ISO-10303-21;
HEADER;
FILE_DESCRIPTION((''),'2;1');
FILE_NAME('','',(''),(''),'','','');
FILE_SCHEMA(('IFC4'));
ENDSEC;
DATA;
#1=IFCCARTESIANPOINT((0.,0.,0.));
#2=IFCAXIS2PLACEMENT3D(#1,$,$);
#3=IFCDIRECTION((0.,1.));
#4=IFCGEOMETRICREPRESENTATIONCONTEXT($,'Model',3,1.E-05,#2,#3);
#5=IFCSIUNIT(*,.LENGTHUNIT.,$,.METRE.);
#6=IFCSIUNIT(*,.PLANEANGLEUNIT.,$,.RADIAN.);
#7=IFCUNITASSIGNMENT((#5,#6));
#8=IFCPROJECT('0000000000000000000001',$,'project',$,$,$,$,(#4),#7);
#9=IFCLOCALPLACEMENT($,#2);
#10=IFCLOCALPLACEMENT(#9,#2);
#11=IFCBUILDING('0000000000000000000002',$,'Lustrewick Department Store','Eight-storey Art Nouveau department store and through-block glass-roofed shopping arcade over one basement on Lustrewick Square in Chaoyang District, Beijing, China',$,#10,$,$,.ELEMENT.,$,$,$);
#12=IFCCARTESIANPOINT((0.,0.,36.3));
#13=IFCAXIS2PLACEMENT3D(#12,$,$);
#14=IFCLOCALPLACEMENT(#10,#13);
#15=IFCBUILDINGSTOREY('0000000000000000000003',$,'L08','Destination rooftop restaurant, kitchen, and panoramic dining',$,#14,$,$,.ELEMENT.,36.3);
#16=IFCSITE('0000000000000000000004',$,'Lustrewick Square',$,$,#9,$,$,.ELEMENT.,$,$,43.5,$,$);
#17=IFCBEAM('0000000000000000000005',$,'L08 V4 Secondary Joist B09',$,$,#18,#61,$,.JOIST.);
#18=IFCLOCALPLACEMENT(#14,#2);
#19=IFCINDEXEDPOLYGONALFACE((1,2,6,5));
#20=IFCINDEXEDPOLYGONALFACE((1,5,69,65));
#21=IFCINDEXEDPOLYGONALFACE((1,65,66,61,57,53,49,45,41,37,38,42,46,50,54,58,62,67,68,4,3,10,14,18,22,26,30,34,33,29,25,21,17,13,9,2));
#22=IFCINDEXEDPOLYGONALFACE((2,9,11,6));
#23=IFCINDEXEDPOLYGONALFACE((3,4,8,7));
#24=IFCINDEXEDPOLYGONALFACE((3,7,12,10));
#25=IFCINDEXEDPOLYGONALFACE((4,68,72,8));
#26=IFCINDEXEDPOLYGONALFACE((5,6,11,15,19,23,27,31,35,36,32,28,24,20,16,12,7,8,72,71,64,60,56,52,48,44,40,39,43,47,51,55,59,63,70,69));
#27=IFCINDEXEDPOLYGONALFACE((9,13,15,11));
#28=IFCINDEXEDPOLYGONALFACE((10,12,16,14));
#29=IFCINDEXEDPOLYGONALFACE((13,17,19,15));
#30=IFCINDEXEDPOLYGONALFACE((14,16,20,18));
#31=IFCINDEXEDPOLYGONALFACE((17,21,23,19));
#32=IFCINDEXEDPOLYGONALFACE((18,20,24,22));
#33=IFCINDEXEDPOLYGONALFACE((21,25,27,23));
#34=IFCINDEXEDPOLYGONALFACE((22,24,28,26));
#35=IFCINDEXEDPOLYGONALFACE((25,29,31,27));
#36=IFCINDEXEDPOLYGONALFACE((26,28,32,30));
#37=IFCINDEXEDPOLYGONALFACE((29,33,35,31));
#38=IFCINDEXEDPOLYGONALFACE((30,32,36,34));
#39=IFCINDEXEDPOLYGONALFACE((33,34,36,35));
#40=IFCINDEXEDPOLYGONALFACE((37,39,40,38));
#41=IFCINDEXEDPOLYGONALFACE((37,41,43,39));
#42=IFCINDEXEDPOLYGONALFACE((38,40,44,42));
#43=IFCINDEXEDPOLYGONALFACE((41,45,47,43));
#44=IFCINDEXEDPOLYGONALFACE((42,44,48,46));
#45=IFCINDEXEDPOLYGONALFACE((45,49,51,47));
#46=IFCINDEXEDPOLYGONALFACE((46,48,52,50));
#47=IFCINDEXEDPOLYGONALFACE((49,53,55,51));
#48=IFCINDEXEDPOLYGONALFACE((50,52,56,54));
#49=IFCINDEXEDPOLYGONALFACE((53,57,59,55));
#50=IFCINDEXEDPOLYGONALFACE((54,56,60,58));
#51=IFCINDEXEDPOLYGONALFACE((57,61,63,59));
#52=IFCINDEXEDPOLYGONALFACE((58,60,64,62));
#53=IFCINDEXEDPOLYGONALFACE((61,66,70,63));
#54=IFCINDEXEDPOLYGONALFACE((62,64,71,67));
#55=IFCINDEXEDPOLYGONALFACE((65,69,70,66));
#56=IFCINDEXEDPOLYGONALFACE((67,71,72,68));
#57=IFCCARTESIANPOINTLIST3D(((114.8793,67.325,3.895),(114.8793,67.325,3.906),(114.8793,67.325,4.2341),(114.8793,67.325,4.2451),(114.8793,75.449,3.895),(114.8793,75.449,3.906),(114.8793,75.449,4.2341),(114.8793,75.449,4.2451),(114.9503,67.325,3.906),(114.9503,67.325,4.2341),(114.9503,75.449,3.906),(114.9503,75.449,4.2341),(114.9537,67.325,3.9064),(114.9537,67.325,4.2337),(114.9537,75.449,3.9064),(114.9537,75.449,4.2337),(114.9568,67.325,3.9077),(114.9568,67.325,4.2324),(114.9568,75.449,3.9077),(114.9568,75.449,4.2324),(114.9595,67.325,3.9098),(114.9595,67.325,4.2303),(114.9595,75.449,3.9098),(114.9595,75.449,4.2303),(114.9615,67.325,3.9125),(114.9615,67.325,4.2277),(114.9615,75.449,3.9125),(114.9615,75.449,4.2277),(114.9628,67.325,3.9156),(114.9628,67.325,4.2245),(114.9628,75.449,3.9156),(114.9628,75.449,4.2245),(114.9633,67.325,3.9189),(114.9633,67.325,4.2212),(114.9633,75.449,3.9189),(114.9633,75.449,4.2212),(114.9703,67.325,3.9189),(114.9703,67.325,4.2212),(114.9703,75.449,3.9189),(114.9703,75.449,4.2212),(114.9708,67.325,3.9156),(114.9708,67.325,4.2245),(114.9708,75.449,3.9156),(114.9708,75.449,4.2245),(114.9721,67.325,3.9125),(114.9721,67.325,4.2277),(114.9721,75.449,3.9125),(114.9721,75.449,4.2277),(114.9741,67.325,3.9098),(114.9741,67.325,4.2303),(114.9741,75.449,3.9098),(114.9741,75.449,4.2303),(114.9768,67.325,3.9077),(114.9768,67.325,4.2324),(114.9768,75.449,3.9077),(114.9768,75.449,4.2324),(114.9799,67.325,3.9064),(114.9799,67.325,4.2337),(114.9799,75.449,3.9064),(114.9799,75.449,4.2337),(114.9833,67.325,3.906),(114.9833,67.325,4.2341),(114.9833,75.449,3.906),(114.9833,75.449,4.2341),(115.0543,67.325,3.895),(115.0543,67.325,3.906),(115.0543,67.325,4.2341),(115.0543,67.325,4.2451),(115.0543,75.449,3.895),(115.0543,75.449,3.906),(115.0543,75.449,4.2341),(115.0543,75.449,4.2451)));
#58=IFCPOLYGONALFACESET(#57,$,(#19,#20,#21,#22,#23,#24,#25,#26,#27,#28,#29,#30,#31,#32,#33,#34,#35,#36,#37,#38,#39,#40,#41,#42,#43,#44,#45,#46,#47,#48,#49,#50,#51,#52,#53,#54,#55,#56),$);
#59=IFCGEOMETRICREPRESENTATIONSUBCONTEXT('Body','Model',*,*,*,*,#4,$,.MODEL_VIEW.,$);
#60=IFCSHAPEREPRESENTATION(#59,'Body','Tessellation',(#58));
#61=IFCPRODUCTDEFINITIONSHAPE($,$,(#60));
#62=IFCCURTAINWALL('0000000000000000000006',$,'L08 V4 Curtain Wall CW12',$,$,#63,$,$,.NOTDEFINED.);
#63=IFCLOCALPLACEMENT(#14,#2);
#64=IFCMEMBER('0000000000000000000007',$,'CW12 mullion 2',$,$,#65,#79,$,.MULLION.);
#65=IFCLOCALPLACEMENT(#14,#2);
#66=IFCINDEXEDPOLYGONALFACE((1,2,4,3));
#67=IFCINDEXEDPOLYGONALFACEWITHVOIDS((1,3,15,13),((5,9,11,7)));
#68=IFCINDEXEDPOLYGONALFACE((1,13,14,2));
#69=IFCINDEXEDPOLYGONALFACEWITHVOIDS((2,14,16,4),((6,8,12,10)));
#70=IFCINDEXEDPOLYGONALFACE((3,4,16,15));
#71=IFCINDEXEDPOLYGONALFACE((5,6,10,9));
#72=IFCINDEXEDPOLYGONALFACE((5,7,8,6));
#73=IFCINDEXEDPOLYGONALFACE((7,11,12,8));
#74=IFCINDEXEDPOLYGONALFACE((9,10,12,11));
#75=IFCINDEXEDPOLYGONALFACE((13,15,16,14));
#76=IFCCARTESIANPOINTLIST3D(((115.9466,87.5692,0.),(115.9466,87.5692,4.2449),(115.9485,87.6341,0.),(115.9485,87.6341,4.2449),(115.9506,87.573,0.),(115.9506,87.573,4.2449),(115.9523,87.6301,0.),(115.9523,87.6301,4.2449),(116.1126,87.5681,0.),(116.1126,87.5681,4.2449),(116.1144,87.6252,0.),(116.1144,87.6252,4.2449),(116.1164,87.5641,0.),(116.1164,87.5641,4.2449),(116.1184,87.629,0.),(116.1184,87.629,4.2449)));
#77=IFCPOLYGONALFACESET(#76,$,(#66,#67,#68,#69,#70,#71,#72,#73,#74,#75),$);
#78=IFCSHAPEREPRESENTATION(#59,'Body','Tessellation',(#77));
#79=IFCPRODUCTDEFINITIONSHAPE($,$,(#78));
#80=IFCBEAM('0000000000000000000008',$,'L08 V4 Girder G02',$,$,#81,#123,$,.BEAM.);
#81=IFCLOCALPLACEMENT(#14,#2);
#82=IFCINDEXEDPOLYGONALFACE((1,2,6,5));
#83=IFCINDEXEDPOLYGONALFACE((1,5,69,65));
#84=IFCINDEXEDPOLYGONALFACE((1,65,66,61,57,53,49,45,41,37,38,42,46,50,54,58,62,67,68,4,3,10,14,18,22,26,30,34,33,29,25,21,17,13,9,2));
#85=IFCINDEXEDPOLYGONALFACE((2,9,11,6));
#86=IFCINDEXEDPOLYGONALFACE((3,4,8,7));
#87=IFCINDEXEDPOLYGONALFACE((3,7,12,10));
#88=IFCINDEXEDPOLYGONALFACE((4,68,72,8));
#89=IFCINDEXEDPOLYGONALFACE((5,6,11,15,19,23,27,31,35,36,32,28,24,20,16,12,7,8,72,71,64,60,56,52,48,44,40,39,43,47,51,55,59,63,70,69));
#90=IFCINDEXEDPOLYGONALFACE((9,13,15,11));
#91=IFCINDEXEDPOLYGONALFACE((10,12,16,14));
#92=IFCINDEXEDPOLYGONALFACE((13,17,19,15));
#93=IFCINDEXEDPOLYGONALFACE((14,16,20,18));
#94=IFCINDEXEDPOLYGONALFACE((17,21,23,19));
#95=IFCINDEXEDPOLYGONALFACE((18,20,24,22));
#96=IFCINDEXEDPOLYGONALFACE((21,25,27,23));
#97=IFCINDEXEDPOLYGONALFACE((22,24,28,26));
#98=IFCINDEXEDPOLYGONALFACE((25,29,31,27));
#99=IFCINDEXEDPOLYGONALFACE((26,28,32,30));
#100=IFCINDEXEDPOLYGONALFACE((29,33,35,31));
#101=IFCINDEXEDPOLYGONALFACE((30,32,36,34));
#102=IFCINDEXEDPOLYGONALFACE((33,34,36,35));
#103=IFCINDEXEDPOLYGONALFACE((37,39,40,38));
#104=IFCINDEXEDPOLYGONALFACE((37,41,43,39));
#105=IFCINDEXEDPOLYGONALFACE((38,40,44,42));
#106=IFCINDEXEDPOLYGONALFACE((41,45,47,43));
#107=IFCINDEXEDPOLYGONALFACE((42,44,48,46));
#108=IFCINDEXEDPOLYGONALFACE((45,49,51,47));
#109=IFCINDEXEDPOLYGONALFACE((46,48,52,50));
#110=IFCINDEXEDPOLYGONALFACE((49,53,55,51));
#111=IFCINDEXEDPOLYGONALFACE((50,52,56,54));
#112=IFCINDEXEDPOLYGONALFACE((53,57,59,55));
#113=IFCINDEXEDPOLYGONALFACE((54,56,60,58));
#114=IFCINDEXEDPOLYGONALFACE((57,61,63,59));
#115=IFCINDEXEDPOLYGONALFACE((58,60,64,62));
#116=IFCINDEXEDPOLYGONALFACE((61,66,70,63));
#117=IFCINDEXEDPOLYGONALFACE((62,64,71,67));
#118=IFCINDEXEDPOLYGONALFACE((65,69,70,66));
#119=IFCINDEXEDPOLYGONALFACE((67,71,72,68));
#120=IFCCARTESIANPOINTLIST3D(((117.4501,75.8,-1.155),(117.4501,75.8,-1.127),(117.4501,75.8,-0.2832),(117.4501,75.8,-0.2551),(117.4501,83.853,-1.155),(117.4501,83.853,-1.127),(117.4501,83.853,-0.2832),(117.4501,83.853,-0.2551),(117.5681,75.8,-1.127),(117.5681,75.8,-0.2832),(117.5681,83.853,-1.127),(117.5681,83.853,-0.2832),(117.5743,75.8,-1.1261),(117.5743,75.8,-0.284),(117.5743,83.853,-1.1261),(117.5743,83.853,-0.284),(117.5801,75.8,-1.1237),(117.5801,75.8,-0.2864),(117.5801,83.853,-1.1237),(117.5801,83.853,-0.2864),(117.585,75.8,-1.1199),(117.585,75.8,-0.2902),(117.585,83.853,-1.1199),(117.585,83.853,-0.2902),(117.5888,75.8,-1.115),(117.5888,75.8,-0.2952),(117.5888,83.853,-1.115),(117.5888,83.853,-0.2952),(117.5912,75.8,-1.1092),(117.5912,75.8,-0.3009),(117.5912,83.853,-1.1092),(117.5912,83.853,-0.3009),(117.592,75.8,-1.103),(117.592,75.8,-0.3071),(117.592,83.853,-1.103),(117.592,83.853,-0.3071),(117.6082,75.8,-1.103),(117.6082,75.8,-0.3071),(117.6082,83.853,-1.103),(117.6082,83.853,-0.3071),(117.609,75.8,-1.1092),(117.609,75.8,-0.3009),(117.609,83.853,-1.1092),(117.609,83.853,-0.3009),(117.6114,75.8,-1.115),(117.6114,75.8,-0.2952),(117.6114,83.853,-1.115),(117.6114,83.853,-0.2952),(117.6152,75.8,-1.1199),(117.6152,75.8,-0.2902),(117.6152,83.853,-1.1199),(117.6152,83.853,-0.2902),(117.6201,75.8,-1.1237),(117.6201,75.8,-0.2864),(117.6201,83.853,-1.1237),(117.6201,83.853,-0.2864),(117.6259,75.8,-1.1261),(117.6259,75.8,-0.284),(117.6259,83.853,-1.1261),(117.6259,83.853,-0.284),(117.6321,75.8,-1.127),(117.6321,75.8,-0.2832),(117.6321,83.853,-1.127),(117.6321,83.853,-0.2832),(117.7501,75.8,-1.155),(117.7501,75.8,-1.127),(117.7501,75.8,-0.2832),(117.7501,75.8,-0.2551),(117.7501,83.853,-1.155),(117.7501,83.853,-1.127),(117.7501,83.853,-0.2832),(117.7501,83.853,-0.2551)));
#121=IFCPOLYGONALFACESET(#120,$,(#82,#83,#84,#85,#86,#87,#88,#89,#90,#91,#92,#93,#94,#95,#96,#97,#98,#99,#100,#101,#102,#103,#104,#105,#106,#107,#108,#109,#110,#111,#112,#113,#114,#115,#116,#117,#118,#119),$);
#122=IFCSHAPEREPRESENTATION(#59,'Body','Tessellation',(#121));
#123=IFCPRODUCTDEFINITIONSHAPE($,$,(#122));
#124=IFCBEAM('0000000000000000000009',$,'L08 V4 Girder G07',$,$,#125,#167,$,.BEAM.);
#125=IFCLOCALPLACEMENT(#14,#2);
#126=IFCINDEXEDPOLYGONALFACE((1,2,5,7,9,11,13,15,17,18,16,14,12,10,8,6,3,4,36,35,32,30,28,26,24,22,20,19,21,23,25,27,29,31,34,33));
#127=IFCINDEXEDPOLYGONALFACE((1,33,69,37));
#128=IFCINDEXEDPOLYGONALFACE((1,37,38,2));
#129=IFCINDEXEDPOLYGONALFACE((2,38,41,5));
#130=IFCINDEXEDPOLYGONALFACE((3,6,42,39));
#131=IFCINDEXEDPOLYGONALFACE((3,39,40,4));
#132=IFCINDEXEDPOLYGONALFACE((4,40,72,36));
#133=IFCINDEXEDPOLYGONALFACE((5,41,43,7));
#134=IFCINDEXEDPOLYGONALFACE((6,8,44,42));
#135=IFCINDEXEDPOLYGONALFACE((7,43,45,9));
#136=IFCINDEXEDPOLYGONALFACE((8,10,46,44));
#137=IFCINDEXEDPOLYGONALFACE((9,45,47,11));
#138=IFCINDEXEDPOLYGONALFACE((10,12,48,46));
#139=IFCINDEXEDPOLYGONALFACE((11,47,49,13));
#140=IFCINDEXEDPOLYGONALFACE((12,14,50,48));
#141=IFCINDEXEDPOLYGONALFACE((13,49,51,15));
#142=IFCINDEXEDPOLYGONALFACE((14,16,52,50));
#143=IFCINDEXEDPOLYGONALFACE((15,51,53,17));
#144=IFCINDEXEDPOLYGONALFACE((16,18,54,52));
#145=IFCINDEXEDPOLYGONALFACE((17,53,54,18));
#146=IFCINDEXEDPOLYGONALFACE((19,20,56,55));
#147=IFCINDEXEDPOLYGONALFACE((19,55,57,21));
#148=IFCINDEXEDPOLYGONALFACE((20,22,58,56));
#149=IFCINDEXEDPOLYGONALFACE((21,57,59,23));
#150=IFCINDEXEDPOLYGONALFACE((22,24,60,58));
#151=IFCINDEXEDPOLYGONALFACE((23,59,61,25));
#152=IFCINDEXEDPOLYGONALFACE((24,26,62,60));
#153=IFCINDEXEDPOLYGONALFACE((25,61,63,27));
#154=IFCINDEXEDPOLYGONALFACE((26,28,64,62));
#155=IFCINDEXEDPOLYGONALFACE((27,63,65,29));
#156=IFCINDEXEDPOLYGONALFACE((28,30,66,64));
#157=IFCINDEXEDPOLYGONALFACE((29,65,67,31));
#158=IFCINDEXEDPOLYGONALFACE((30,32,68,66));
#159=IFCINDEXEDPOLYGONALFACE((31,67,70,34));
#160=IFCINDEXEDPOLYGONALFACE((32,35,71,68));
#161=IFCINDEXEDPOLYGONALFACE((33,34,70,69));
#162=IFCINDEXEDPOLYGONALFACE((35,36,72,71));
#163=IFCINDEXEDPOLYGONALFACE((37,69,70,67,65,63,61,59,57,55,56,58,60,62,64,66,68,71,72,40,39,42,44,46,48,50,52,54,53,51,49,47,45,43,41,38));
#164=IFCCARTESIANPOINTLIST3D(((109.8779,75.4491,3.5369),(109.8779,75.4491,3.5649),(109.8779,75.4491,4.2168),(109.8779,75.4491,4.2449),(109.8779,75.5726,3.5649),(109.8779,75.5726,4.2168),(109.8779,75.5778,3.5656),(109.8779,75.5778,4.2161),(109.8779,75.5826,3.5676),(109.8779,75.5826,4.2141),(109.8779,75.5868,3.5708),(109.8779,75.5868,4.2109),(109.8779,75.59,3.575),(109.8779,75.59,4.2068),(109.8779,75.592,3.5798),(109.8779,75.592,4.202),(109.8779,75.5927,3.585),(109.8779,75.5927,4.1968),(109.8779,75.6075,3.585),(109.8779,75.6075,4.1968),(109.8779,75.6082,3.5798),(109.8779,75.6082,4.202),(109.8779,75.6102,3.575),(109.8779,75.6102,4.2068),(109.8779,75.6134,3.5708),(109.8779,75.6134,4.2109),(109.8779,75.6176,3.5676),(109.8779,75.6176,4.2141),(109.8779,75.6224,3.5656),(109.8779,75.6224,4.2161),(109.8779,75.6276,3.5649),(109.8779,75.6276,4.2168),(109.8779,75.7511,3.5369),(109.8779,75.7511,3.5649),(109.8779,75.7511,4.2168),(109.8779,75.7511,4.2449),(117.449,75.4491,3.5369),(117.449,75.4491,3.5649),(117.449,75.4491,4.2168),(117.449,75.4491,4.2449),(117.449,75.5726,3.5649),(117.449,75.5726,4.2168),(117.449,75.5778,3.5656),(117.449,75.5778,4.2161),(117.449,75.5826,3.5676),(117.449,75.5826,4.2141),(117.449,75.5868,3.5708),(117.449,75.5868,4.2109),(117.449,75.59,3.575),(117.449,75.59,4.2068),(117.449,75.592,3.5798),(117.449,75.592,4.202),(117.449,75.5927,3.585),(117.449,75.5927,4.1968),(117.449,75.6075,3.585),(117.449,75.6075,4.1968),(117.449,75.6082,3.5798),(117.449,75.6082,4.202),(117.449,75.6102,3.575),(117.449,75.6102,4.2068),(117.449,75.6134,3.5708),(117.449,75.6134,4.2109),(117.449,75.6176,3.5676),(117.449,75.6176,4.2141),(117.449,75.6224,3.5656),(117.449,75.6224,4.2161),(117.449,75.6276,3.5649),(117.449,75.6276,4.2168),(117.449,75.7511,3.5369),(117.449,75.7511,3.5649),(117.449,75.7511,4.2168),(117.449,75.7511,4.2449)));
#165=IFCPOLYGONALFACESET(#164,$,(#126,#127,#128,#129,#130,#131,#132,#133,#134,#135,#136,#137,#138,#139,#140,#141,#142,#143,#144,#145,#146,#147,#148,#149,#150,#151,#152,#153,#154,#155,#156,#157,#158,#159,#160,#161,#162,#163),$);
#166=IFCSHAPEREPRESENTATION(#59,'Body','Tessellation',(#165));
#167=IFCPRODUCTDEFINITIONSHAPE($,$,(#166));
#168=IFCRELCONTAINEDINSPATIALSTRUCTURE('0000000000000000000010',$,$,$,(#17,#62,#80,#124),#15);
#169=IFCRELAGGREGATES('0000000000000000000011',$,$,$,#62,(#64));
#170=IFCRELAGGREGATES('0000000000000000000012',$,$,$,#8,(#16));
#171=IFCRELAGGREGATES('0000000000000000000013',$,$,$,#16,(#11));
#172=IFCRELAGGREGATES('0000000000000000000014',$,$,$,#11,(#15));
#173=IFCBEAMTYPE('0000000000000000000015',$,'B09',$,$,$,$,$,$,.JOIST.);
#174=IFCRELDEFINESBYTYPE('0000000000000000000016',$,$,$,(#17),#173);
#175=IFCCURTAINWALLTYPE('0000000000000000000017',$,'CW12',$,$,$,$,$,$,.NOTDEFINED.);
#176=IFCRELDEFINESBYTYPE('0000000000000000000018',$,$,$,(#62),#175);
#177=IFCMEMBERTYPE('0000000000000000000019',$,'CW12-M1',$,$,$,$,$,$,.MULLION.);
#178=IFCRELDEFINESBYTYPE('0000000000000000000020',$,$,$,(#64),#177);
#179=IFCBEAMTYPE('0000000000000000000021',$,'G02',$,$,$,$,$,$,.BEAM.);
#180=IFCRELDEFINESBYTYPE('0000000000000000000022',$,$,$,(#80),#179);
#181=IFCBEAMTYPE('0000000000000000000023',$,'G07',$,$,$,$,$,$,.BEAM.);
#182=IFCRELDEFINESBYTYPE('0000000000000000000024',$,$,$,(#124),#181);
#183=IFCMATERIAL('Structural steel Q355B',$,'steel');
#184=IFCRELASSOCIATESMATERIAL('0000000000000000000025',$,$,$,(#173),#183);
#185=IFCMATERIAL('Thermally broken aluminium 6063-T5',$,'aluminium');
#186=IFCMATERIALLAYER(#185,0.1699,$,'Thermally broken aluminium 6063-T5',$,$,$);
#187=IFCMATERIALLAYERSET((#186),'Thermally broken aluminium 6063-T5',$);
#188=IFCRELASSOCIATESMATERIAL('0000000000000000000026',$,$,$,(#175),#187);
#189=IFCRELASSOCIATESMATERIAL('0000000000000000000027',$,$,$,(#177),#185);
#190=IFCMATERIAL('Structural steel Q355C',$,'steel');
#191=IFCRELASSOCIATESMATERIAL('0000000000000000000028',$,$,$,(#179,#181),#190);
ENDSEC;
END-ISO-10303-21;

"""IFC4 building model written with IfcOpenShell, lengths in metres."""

from ifc_helpers import new_model, si_unit, direction, frame, origin, origin_2d, place, context, subcontext, project, spatial, hollow_rectangle, i_section, extrude, material, layer, layer_set, material_profile, profile_set, type_object, element, aggregate, save


model = new_model("IFC4")

# Units and contexts
model_context = context("Model", 3, precision=1e-05, world=origin(), true_north=direction((0.0, 1.0)))
body_context = subcontext(model_context, "Body", "Model", "MODEL_VIEW")
ifc_project = project(units=[si_unit("LENGTHUNIT", "METRE"), si_unit("PLANEANGLEUNIT", "RADIAN")], contexts=[model_context])

# Site, building, storey
site_placement = place(None, origin())
site = spatial("IfcSite", under=ifc_project, at=site_placement, Name="Lustrewick Square", CompositionType="ELEMENT", RefElevation=43.5)
building_placement = place(site_placement, origin())
building = spatial("IfcBuilding", under=site, at=building_placement, Name="Lustrewick Department Store", Description="Eight-storey Art Nouveau department store and through-block glass-roofed shopping arcade over one basement on Lustrewick Square in Chaoyang District, Beijing, China", CompositionType="ELEMENT")
storey_placement = place(building_placement, frame((0.0, 0.0, 36.3)))
storey = spatial("IfcBuildingStorey", under=building, at=storey_placement, Name="L08", Description="Destination rooftop restaurant, kitchen, and panoramic dining", CompositionType="ELEMENT", Elevation=36.3)

# Beam
ifc_material_1 = material(Name="Structural steel Q355B", Category="steel")
ifc_material_profile_1 = material_profile(ifc_material_1, i_section(OverallWidth=0.175, OverallDepth=0.3501, WebThickness=0.0071, FlangeThickness=0.011, FilletRadius=0.0129, at=origin_2d()), Name="HN 350x175x7x11")
ifc_profile_set_1 = profile_set([ifc_material_profile_1], Name="Structural steel Q355B")
beam_type_1 = type_object("IfcBeamType", Name="B09", PredefinedType="JOIST", material=ifc_profile_set_1)
beam_1_placement = place(storey_placement, frame((114.9668, 67.325, 4.0701), z_axis=(0.0, 1.0, 0.0), x_axis=(-1.0, 0.0, 0.0)))
element("IfcBeam", 1, at=beam_1_placement, inside=storey, type_object=beam_type_1, Name="L08 V4 Secondary Joist B09", PredefinedType="JOIST", context=body_context, shape_type="SweptSolid", body=[
    extrude(i_section(OverallWidth=0.175, OverallDepth=0.3501, WebThickness=0.0071, FlangeThickness=0.011, FilletRadius=0.0129, at=origin_2d()), origin(), (0.0, 0.0, 1.0), 8.124),
])

# Curtain wall, member
ifc_material_2 = material(Name="Thermally broken aluminium 6063-T5", Category="aluminium")
ifc_layer_1 = layer(ifc_material_2, 0.1699, Name="Thermally broken aluminium 6063-T5")
ifc_layer_set_1 = layer_set([ifc_layer_1], Name="Thermally broken aluminium 6063-T5")
curtain_wall_type = type_object("IfcCurtainWallType", Name="CW12", PredefinedType="NOTDEFINED", material=ifc_layer_set_1)
curtain_wall_placement = place(storey_placement, origin())
curtain_wall = element("IfcCurtainWall", 2, at=curtain_wall_placement, inside=storey, type_object=curtain_wall_type, Name="L08 V4 Curtain Wall CW12", PredefinedType="NOTDEFINED")
ifc_material_profile_2 = material_profile(ifc_material_2, hollow_rectangle(XDim=0.0649, YDim=0.1699, WallThickness=0.0039, at=origin_2d()), Name="ALU-M 65x170x4")
ifc_profile_set_2 = profile_set([ifc_material_profile_2], Name="Thermally broken aluminium 6063-T5")
member_type = type_object("IfcMemberType", Name="CW12-M1", PredefinedType="MULLION", material=ifc_profile_set_2)
member_placement = place(storey_placement, frame((116.0325, 87.5991, 0.0), z_axis=(0.0, 0.0, 1.0), x_axis=(-0.030212, -0.999544, 0.0)))
member = element("IfcMember", 3, at=member_placement, type_object=member_type, Name="CW12 mullion 2", PredefinedType="MULLION", context=body_context, shape_type="SweptSolid", body=[
    extrude(hollow_rectangle(XDim=0.0649, YDim=0.1699, WallThickness=0.0039, at=origin_2d()), origin(), (0.0, 0.0, 1.0), 4.2449),
])

# Beams
ifc_material_3 = material(Name="Structural steel Q355C", Category="steel")
ifc_material_profile_3 = material_profile(ifc_material_3, i_section(OverallWidth=0.3, OverallDepth=0.8999, WebThickness=0.0161, FlangeThickness=0.0281, FilletRadius=0.0239, at=origin_2d()), Name="HN 900x300x16x28")
ifc_profile_set_3 = profile_set([ifc_material_profile_3], Name="Structural steel Q355C")
beam_type_2 = type_object("IfcBeamType", Name="G02", PredefinedType="BEAM", material=ifc_profile_set_3)
beam_2_placement = place(storey_placement, frame((117.6001, 75.8, -0.7051), z_axis=(0.0, 1.0, 0.0), x_axis=(-1.0, 0.0, 0.0)))
element("IfcBeam", 4, at=beam_2_placement, inside=storey, type_object=beam_type_2, Name="L08 V4 Girder G02", PredefinedType="BEAM", context=body_context, shape_type="SweptSolid", body=[
    extrude(i_section(OverallWidth=0.3, OverallDepth=0.8999, WebThickness=0.0161, FlangeThickness=0.0281, FilletRadius=0.0239, at=origin_2d()), origin(), (0.0, 0.0, 1.0), 8.053),
])
ifc_material_profile_4 = material_profile(ifc_material_3, i_section(OverallWidth=0.302, OverallDepth=0.708, WebThickness=0.0149, FlangeThickness=0.0281, FilletRadius=0.02, at=origin_2d()), Name="HN 708x302x15x28")
ifc_profile_set_4 = profile_set([ifc_material_profile_4], Name="Structural steel Q355C")
beam_type_3 = type_object("IfcBeamType", Name="G07", PredefinedType="BEAM", material=ifc_profile_set_4)
beam_3_placement = place(storey_placement, frame((109.8779, 75.6001, 3.8909), z_axis=(1.0, 0.0, 0.0), x_axis=(0.0, 1.0, 0.0)))
element("IfcBeam", 5, at=beam_3_placement, inside=storey, type_object=beam_type_3, Name="L08 V4 Girder G07", PredefinedType="BEAM", context=body_context, shape_type="SweptSolid", body=[
    extrude(i_section(OverallWidth=0.302, OverallDepth=0.708, WebThickness=0.0149, FlangeThickness=0.0281, FilletRadius=0.02, at=origin_2d()), origin(), (0.0, 0.0, 1.0), 7.571),
])

aggregate(curtain_wall, [member])

save(model, "model.ifc")
